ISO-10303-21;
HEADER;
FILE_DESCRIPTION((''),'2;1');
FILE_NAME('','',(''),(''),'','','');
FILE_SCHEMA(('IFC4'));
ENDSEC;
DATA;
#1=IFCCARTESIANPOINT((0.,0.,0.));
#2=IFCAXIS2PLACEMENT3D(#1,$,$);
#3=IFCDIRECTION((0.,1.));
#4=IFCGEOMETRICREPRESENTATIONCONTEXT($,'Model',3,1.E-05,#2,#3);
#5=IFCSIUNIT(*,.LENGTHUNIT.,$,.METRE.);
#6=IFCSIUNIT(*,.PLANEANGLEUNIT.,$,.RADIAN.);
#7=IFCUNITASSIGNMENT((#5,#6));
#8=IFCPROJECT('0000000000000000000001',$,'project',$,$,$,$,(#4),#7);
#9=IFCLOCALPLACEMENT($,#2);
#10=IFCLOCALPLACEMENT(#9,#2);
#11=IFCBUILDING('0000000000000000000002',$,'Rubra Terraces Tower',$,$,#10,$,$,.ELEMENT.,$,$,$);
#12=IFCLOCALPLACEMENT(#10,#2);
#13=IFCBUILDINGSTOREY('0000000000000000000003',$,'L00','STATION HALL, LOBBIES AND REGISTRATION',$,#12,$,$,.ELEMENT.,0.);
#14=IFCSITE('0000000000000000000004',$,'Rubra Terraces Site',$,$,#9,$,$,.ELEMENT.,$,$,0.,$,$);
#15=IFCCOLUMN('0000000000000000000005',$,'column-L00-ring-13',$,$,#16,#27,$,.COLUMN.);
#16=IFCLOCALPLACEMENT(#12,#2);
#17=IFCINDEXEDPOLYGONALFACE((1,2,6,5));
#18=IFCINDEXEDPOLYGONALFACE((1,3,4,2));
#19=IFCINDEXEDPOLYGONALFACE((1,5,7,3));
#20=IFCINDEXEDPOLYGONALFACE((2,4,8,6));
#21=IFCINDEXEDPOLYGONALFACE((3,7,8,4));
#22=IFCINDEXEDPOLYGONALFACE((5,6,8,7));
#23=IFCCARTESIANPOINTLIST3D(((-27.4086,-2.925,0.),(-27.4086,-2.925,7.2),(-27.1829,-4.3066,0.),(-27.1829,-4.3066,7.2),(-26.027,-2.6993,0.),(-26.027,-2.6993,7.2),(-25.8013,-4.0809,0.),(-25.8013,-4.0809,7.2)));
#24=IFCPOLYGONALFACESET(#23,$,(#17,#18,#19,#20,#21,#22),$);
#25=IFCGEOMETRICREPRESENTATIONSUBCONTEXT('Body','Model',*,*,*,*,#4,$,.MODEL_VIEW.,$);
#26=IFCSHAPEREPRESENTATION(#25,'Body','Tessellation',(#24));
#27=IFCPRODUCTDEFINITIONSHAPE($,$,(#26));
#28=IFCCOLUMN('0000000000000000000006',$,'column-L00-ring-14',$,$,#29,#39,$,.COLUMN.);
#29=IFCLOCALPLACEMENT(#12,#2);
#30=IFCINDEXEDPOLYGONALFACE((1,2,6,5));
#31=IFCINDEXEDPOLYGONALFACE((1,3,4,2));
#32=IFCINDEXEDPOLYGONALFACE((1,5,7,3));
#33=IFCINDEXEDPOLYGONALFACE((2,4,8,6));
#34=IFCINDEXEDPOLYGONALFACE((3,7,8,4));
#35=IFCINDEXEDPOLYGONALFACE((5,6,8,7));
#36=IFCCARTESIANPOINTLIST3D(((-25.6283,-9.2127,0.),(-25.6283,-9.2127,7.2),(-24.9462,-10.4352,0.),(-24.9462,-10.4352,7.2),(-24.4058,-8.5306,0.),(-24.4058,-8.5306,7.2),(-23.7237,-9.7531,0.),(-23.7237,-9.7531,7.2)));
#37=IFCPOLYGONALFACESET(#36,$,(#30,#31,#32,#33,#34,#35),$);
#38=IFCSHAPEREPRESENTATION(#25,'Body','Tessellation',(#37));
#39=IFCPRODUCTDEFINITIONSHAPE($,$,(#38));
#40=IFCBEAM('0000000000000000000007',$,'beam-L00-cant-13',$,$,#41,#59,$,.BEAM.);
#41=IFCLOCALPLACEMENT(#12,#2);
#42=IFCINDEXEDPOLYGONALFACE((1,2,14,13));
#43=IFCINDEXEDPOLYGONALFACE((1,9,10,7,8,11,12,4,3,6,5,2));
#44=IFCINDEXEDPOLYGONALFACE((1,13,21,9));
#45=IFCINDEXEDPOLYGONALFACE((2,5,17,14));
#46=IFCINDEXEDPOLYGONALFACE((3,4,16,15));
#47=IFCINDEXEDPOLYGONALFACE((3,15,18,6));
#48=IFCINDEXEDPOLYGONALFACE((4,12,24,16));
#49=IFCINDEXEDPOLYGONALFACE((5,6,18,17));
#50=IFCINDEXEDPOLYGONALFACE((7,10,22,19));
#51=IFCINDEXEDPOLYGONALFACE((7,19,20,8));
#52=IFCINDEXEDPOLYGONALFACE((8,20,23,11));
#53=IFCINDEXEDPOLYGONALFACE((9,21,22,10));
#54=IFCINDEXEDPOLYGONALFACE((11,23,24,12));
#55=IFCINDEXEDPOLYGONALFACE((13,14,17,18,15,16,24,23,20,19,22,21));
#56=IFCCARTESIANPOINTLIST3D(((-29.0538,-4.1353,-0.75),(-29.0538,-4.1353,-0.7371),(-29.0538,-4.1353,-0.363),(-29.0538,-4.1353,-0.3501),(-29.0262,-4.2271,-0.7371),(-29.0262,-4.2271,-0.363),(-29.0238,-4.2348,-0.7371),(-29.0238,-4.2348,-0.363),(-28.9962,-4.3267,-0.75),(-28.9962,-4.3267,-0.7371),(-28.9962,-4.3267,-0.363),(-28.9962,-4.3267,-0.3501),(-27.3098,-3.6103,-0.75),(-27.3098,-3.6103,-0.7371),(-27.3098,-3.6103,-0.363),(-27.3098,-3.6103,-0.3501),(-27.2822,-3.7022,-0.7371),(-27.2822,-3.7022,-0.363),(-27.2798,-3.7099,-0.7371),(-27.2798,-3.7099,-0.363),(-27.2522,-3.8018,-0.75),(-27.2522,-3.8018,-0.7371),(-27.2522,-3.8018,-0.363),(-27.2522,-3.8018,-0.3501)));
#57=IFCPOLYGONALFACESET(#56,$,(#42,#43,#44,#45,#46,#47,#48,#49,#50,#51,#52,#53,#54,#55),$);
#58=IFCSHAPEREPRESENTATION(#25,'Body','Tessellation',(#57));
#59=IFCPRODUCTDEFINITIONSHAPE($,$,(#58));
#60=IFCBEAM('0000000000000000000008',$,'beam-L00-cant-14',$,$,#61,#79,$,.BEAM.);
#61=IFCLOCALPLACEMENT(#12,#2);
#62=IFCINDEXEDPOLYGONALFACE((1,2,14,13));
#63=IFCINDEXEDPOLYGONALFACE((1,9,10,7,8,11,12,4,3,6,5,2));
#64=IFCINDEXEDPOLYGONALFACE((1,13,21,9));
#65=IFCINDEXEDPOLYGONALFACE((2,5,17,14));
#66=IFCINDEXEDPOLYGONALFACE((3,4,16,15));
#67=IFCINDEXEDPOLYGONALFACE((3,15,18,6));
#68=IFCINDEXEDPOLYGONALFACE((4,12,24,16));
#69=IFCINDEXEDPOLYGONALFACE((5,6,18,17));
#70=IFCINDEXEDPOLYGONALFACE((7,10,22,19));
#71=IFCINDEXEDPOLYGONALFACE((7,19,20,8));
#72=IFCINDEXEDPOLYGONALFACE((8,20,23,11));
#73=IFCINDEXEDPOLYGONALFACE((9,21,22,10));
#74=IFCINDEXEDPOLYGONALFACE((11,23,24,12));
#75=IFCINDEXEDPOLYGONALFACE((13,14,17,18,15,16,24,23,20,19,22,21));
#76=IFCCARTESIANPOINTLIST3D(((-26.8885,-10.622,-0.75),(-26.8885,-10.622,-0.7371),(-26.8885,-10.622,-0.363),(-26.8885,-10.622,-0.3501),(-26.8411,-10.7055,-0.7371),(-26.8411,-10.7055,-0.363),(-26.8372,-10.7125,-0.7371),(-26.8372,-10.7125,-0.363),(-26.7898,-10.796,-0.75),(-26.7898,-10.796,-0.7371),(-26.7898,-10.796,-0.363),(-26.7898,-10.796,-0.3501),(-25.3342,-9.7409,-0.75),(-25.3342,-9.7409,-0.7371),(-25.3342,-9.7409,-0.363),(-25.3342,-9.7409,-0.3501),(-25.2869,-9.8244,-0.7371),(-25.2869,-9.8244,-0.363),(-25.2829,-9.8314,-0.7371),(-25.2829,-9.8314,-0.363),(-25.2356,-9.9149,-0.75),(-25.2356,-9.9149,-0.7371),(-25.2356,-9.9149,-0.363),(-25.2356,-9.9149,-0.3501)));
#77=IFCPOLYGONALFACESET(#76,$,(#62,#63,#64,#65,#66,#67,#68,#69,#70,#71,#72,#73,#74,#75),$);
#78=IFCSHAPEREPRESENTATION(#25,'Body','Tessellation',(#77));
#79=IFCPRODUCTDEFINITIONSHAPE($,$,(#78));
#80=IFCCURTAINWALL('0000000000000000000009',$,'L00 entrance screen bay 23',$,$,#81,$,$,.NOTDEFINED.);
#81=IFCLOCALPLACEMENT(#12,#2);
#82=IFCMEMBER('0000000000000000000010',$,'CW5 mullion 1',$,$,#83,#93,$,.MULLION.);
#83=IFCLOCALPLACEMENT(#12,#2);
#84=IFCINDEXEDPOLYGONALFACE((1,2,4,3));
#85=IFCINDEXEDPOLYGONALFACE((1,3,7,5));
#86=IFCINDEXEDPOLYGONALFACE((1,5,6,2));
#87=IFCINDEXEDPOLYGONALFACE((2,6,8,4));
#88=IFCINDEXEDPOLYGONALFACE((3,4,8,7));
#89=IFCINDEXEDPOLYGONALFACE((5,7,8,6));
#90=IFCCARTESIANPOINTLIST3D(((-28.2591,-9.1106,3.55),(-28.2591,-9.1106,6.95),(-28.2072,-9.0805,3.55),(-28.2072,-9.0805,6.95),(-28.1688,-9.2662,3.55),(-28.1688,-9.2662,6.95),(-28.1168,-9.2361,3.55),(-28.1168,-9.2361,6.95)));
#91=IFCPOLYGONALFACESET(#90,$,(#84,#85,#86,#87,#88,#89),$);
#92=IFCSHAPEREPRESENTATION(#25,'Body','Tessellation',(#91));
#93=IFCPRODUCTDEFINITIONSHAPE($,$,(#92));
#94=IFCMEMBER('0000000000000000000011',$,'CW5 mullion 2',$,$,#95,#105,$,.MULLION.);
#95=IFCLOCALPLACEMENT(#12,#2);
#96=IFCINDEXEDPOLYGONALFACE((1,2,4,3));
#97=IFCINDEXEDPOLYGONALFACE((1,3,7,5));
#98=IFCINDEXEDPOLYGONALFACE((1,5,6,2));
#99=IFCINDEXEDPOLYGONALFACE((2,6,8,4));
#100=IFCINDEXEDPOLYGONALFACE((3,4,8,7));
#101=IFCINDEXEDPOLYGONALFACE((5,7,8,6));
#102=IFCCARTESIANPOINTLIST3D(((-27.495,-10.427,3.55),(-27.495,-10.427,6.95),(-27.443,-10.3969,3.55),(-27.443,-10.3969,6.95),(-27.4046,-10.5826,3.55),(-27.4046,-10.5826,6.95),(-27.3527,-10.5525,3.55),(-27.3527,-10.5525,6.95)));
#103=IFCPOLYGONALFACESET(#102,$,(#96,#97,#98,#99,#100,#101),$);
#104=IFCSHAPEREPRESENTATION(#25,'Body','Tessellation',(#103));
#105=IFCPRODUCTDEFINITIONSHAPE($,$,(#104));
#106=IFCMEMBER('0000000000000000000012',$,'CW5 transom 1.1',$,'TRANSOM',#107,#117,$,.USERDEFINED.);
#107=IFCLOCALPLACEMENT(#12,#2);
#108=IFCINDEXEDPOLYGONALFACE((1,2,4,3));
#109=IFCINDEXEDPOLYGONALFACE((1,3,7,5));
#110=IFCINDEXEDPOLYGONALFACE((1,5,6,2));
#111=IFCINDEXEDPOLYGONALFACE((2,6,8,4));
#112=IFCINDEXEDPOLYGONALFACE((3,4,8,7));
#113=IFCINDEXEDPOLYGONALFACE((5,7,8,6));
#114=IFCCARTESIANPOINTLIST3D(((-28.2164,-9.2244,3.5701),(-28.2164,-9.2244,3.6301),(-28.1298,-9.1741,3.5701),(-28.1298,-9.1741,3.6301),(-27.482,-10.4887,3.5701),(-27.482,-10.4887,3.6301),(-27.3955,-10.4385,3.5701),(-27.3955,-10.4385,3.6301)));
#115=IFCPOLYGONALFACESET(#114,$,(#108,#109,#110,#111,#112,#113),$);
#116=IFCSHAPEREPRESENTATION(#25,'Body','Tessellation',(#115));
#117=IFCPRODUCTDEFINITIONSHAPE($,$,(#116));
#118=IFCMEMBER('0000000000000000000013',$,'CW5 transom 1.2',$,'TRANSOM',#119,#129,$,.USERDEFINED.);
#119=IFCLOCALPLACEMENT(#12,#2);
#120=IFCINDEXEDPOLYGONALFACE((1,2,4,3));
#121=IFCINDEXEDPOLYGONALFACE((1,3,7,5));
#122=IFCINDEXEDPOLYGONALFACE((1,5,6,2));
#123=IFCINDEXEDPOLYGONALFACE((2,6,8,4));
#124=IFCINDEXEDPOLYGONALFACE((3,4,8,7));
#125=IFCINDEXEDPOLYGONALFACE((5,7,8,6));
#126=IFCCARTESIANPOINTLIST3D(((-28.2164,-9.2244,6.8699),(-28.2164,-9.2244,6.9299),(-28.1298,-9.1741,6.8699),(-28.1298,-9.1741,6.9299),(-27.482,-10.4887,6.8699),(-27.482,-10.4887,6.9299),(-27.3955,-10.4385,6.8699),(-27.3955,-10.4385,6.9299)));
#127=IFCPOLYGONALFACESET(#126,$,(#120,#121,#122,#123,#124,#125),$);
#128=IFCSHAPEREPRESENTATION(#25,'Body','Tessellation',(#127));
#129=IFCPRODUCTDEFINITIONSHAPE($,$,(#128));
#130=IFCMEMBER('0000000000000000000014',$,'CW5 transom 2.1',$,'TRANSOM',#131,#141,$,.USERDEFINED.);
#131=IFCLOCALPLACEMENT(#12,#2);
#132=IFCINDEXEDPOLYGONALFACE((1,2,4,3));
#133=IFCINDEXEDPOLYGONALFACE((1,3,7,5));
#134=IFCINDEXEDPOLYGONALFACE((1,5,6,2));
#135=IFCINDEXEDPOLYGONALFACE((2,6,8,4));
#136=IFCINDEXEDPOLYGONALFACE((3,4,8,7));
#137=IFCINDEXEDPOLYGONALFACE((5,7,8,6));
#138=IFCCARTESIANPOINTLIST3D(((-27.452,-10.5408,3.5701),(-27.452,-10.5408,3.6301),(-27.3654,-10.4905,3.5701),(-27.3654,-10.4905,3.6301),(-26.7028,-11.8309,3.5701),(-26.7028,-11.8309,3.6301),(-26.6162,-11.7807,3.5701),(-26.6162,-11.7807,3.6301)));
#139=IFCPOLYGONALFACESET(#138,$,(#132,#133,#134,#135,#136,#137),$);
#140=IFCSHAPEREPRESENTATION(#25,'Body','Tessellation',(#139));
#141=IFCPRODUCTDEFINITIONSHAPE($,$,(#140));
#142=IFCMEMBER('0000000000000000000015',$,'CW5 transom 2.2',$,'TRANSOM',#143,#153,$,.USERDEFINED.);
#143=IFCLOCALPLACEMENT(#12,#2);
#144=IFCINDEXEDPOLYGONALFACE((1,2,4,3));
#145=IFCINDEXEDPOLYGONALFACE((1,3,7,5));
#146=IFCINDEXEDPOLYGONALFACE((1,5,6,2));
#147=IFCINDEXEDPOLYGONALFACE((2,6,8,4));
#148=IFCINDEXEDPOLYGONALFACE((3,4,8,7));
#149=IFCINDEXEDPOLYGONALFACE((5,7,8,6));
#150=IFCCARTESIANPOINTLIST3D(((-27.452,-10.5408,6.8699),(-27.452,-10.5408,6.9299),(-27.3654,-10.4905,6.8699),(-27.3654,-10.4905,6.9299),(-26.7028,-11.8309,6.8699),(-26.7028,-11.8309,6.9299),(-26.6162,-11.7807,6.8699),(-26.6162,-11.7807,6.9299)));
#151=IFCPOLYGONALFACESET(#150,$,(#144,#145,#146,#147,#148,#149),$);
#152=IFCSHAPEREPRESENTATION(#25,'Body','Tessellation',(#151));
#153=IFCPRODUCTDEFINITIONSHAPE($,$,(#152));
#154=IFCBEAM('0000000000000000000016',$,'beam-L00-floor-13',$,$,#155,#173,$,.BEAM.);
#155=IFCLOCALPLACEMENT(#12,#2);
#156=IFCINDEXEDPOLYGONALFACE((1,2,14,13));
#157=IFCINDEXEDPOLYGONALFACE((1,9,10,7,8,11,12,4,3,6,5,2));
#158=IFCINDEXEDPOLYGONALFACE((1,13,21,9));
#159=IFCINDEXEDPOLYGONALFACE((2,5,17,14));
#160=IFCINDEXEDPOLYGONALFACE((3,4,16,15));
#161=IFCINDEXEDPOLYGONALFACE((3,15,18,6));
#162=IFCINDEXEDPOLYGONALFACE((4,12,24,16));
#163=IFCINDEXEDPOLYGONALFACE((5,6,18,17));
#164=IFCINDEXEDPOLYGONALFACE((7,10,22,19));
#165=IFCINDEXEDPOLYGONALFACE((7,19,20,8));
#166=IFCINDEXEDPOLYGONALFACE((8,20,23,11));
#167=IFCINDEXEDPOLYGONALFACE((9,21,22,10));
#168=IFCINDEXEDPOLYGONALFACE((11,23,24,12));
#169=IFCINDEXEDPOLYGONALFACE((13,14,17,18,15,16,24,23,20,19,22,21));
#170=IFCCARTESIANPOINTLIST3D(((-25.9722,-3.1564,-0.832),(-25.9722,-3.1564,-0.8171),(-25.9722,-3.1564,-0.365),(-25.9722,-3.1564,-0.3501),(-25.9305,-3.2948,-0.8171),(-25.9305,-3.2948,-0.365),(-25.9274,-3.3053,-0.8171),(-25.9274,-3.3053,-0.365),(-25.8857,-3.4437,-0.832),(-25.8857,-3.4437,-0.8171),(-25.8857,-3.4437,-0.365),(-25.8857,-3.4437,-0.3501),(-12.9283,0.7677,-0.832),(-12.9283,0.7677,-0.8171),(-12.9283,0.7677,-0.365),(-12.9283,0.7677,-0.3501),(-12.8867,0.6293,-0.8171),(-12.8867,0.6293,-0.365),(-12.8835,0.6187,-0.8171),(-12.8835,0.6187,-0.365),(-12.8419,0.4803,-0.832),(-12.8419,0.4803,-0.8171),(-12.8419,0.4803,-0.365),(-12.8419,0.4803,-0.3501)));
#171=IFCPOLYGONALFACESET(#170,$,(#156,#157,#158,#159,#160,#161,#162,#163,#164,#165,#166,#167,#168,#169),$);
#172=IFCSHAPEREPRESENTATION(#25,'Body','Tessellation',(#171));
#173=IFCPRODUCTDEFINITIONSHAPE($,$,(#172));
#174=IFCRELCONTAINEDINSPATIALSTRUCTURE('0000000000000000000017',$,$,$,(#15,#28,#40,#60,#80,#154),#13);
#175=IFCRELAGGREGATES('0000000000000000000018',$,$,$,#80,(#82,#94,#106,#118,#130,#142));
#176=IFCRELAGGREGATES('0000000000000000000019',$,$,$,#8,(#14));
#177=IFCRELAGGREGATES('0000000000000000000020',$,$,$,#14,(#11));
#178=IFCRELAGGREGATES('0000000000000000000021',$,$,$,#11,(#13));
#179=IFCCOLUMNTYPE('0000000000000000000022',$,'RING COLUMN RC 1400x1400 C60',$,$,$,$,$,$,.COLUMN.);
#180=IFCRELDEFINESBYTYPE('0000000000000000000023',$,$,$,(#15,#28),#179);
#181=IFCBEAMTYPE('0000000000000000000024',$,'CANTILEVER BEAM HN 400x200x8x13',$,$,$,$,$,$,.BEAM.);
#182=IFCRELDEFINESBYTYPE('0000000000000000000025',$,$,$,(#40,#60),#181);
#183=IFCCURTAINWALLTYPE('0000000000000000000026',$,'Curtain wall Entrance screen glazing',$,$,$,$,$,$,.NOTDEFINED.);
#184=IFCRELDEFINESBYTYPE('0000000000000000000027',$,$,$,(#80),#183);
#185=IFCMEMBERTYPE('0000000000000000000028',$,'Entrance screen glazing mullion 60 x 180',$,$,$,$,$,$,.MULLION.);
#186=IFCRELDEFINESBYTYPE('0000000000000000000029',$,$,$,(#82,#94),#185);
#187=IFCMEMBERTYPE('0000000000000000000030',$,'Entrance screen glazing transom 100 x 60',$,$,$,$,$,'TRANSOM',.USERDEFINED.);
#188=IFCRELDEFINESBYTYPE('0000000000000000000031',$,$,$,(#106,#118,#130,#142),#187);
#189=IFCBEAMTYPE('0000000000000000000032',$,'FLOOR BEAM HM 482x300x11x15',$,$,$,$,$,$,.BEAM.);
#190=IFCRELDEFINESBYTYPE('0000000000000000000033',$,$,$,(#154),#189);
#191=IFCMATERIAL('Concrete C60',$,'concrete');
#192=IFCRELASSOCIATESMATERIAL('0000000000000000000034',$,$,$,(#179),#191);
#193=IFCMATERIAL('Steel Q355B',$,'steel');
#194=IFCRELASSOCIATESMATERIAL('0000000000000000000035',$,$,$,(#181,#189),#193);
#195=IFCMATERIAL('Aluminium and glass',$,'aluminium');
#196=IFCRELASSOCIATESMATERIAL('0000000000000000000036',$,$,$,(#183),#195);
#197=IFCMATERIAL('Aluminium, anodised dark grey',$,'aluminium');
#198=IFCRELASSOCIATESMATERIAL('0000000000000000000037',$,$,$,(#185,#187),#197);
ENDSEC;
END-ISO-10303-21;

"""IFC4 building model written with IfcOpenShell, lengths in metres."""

from ifc_helpers import new_model, si_unit, direction, frame, origin, origin_2d, place, context, subcontext, project, spatial, rectangle, i_section, extrude, material, material_profile, profile_set, type_object, element, aggregate, save


model = new_model("IFC4")

# Units and contexts
model_context = context("Model", 3, precision=1e-05, world=origin(), true_north=direction((0.0, 1.0)))
body_context = subcontext(model_context, "Body", "Model", "MODEL_VIEW")
ifc_project = project(units=[si_unit("LENGTHUNIT", "METRE"), si_unit("PLANEANGLEUNIT", "RADIAN")], contexts=[model_context])

# Site, building, storey
site_placement = place(None, origin())
site = spatial("IfcSite", under=ifc_project, at=site_placement, Name="Rubra Terraces Site", CompositionType="ELEMENT", RefElevation=0.0)
building_placement = place(site_placement, origin())
building = spatial("IfcBuilding", under=site, at=building_placement, Name="Rubra Terraces Tower", CompositionType="ELEMENT")
storey_placement = place(building_placement, origin())
storey = spatial("IfcBuildingStorey", under=building, at=storey_placement, Name="L00", Description="STATION HALL, LOBBIES AND REGISTRATION", CompositionType="ELEMENT", Elevation=0.0)

# Columns
ifc_material_1 = material(Name="Concrete C60", Category="concrete")
ifc_material_profile_1 = material_profile(ifc_material_1, rectangle(XDim=1.3999, YDim=1.3999, at=origin_2d()), Name="RC 1400x1400")
ifc_profile_set_1 = profile_set([ifc_material_profile_1], Name="Concrete C60")
column_type = type_object("IfcColumnType", Name="RING COLUMN RC 1400x1400 C60", PredefinedType="COLUMN", material=ifc_profile_set_1)
for number, where, z_axis, x_axis, name in (
    (1, (-26.605, -3.5029, 0.0), (0.0, 0.0, 1.0), (0.161234, -0.986916, 0.0), "column-L00-ring-13"),
    (2, (-24.676, -9.4829, 0.0), (0.0, 0.0, 1.0), (0.487227, -0.873276, 0.0), "column-L00-ring-14"),
):
    element("IfcColumn", number, at=place(storey_placement, frame(where, z_axis=z_axis, x_axis=x_axis)), inside=storey, type_object=column_type, Name=name, PredefinedType="COLUMN", context=body_context, shape_type="SweptSolid", body=[
        extrude(rectangle(XDim=1.3999, YDim=1.3999, at=origin_2d()), origin(), (0.0, 0.0, 1.0), 7.2),
    ])

# Beams
ifc_material_2 = material(Name="Steel Q355B", Category="steel")
ifc_material_profile_2 = material_profile(ifc_material_2, i_section(OverallWidth=0.2, OverallDepth=0.3999, WebThickness=0.0081, FlangeThickness=0.0129, at=origin_2d()), Name="HN 400x200x8x13")
ifc_profile_set_2 = profile_set([ifc_material_profile_2], Name="Steel Q355B")
beam_type_1 = type_object("IfcBeamType", Name="CANTILEVER BEAM HN 400x200x8x13", PredefinedType="BEAM", material=ifc_profile_set_2)
beam_1_placement = place(storey_placement, frame((-27.281, -3.7061, -0.55), z_axis=(-0.957564, -0.288221, 0.0), x_axis=(0.288221, -0.957564, 0.0)))
element("IfcBeam", 3, at=beam_1_placement, inside=storey, type_object=beam_type_1, Name="beam-L00-cant-13", PredefinedType="BEAM", context=body_context, shape_type="SweptSolid", body=[
    extrude(i_section(OverallWidth=0.2, OverallDepth=0.3999, WebThickness=0.0081, FlangeThickness=0.0129, at=origin_2d()), origin(), (0.0, 0.0, 1.0), 1.8213),
])
beam_2_placement = place(storey_placement, frame((-25.2849, -9.8279, -0.55), z_axis=(-0.869928, -0.493178, 0.0), x_axis=(0.493178, -0.869928, 0.0)))
element("IfcBeam", 4, at=beam_2_placement, inside=storey, type_object=beam_type_1, Name="beam-L00-cant-14", PredefinedType="BEAM", context=body_context, shape_type="SweptSolid", body=[
    extrude(i_section(OverallWidth=0.2, OverallDepth=0.3999, WebThickness=0.0081, FlangeThickness=0.0129, at=origin_2d()), origin(), (0.0, 0.0, 1.0), 1.7866),
])

# Curtain wall, members
ifc_material_3 = material(Name="Aluminium and glass", Category="aluminium")
curtain_wall_type = type_object("IfcCurtainWallType", Name="Curtain wall Entrance screen glazing", PredefinedType="NOTDEFINED", material=ifc_material_3)
curtain_wall_placement = place(storey_placement, origin())
curtain_wall = element("IfcCurtainWall", 5, at=curtain_wall_placement, inside=storey, type_object=curtain_wall_type, Name="L00 entrance screen bay 23", PredefinedType="NOTDEFINED")
ifc_material_4 = material(Name="Aluminium, anodised dark grey", Category="aluminium")
ifc_material_profile_3 = material_profile(ifc_material_4, rectangle(XDim=0.0601, YDim=0.1799, at=origin_2d()), Name="AL 60x180")
ifc_profile_set_3 = profile_set([ifc_material_profile_3], Name="Aluminium, anodised dark grey")
member_type_1 = type_object("IfcMemberType", Name="Entrance screen glazing mullion 60 x 180", PredefinedType="MULLION", material=ifc_profile_set_3)
member_1_placement = place(storey_placement, frame((-28.188, -9.1733, 3.55), z_axis=(0.0, 0.0, 1.0), x_axis=(0.864813, 0.502094, 0.0)))
member_1 = element("IfcMember", 6, at=member_1_placement, type_object=member_type_1, Name="CW5 mullion 1", PredefinedType="MULLION", context=body_context, shape_type="SweptSolid", body=[
    extrude(rectangle(XDim=0.0601, YDim=0.1799, at=origin_2d()), origin(), (0.0, 0.0, 1.0), 3.3999),
])
member_2_placement = place(storey_placement, frame((-27.4238, -10.4897, 3.55), z_axis=(0.0, 0.0, 1.0), x_axis=(0.864813, 0.502094, 0.0)))
member_2 = element("IfcMember", 7, at=member_2_placement, type_object=member_type_1, Name="CW5 mullion 2", PredefinedType="MULLION", context=body_context, shape_type="SweptSolid", body=[
    extrude(rectangle(XDim=0.0601, YDim=0.1799, at=origin_2d()), origin(), (0.0, 0.0, 1.0), 3.3999),
])
ifc_material_profile_4 = material_profile(ifc_material_4, rectangle(XDim=0.1001, YDim=0.0601, at=origin_2d()), Name="AL 100x60")
ifc_profile_set_4 = profile_set([ifc_material_profile_4], Name="Aluminium, anodised dark grey")
member_type_2 = type_object("IfcMemberType", Name="Entrance screen glazing transom 100 x 60", ElementType="TRANSOM", PredefinedType="USERDEFINED", material=ifc_profile_set_4)
member_3_placement = place(storey_placement, frame((-28.1731, -9.1992, 3.6001), z_axis=(0.50224, -0.864728, 0.0), x_axis=(0.864728, 0.50224, 0.0)))
member_3 = element("IfcMember", 8, at=member_3_placement, type_object=member_type_2, Name="CW5 transom 1.1", ObjectType="TRANSOM", PredefinedType="USERDEFINED", context=body_context, shape_type="SweptSolid", body=[
    extrude(rectangle(XDim=0.1001, YDim=0.0601, at=origin_2d()), origin(), (0.0, 0.0, 1.0), 1.4622),
])
member_4_placement = place(storey_placement, frame((-28.1731, -9.1992, 6.8999), z_axis=(0.50224, -0.864728, 0.0), x_axis=(0.864728, 0.50224, 0.0)))
member_4 = element("IfcMember", 9, at=member_4_placement, type_object=member_type_2, Name="CW5 transom 1.2", ObjectType="TRANSOM", PredefinedType="USERDEFINED", context=body_context, shape_type="SweptSolid", body=[
    extrude(rectangle(XDim=0.1001, YDim=0.0601, at=origin_2d()), origin(), (0.0, 0.0, 1.0), 1.4622),
])
member_5_placement = place(storey_placement, frame((-27.4087, -10.5156, 3.6001), z_axis=(0.502171, -0.864768, 0.0), x_axis=(0.864768, 0.502171, 0.0)))
member_5 = element("IfcMember", 10, at=member_5_placement, type_object=member_type_2, Name="CW5 transom 2.1", ObjectType="TRANSOM", PredefinedType="USERDEFINED", context=body_context, shape_type="SweptSolid", body=[
    extrude(rectangle(XDim=0.1001, YDim=0.0601, at=origin_2d()), origin(), (0.0, 0.0, 1.0), 1.4919),
])
member_6_placement = place(storey_placement, frame((-27.4087, -10.5156, 6.8999), z_axis=(0.502171, -0.864768, 0.0), x_axis=(0.864768, 0.502171, 0.0)))
member_6 = element("IfcMember", 11, at=member_6_placement, type_object=member_type_2, Name="CW5 transom 2.2", ObjectType="TRANSOM", PredefinedType="USERDEFINED", context=body_context, shape_type="SweptSolid", body=[
    extrude(rectangle(XDim=0.1001, YDim=0.0601, at=origin_2d()), origin(), (0.0, 0.0, 1.0), 1.4919),
])

# Beam
ifc_material_profile_5 = material_profile(ifc_material_2, i_section(OverallWidth=0.3, OverallDepth=0.4819, WebThickness=0.011, FlangeThickness=0.0149, at=origin_2d()), Name="HM 482x300x11x15")
ifc_profile_set_5 = profile_set([ifc_material_profile_5], Name="Steel Q355B")
beam_type_2 = type_object("IfcBeamType", Name="FLOOR BEAM HM 482x300x11x15", PredefinedType="BEAM", material=ifc_profile_set_5)
beam_3_placement = place(storey_placement, frame((-25.929, -3.3, -0.5911), z_axis=(0.957606, 0.288081, 0.0), x_axis=(-0.288081, 0.957606, 0.0)))
element("IfcBeam", 12, at=beam_3_placement, inside=storey, type_object=beam_type_2, Name="beam-L00-floor-13", PredefinedType="BEAM", context=body_context, shape_type="SweptSolid", body=[
    extrude(i_section(OverallWidth=0.3, OverallDepth=0.4819, WebThickness=0.011, FlangeThickness=0.0149, at=origin_2d()), origin(), (0.0, 0.0, 1.0), 13.6213),
])

aggregate(curtain_wall, [member_1, member_2, member_3, member_4, member_5, member_6])

save(model, "model.ifc")
